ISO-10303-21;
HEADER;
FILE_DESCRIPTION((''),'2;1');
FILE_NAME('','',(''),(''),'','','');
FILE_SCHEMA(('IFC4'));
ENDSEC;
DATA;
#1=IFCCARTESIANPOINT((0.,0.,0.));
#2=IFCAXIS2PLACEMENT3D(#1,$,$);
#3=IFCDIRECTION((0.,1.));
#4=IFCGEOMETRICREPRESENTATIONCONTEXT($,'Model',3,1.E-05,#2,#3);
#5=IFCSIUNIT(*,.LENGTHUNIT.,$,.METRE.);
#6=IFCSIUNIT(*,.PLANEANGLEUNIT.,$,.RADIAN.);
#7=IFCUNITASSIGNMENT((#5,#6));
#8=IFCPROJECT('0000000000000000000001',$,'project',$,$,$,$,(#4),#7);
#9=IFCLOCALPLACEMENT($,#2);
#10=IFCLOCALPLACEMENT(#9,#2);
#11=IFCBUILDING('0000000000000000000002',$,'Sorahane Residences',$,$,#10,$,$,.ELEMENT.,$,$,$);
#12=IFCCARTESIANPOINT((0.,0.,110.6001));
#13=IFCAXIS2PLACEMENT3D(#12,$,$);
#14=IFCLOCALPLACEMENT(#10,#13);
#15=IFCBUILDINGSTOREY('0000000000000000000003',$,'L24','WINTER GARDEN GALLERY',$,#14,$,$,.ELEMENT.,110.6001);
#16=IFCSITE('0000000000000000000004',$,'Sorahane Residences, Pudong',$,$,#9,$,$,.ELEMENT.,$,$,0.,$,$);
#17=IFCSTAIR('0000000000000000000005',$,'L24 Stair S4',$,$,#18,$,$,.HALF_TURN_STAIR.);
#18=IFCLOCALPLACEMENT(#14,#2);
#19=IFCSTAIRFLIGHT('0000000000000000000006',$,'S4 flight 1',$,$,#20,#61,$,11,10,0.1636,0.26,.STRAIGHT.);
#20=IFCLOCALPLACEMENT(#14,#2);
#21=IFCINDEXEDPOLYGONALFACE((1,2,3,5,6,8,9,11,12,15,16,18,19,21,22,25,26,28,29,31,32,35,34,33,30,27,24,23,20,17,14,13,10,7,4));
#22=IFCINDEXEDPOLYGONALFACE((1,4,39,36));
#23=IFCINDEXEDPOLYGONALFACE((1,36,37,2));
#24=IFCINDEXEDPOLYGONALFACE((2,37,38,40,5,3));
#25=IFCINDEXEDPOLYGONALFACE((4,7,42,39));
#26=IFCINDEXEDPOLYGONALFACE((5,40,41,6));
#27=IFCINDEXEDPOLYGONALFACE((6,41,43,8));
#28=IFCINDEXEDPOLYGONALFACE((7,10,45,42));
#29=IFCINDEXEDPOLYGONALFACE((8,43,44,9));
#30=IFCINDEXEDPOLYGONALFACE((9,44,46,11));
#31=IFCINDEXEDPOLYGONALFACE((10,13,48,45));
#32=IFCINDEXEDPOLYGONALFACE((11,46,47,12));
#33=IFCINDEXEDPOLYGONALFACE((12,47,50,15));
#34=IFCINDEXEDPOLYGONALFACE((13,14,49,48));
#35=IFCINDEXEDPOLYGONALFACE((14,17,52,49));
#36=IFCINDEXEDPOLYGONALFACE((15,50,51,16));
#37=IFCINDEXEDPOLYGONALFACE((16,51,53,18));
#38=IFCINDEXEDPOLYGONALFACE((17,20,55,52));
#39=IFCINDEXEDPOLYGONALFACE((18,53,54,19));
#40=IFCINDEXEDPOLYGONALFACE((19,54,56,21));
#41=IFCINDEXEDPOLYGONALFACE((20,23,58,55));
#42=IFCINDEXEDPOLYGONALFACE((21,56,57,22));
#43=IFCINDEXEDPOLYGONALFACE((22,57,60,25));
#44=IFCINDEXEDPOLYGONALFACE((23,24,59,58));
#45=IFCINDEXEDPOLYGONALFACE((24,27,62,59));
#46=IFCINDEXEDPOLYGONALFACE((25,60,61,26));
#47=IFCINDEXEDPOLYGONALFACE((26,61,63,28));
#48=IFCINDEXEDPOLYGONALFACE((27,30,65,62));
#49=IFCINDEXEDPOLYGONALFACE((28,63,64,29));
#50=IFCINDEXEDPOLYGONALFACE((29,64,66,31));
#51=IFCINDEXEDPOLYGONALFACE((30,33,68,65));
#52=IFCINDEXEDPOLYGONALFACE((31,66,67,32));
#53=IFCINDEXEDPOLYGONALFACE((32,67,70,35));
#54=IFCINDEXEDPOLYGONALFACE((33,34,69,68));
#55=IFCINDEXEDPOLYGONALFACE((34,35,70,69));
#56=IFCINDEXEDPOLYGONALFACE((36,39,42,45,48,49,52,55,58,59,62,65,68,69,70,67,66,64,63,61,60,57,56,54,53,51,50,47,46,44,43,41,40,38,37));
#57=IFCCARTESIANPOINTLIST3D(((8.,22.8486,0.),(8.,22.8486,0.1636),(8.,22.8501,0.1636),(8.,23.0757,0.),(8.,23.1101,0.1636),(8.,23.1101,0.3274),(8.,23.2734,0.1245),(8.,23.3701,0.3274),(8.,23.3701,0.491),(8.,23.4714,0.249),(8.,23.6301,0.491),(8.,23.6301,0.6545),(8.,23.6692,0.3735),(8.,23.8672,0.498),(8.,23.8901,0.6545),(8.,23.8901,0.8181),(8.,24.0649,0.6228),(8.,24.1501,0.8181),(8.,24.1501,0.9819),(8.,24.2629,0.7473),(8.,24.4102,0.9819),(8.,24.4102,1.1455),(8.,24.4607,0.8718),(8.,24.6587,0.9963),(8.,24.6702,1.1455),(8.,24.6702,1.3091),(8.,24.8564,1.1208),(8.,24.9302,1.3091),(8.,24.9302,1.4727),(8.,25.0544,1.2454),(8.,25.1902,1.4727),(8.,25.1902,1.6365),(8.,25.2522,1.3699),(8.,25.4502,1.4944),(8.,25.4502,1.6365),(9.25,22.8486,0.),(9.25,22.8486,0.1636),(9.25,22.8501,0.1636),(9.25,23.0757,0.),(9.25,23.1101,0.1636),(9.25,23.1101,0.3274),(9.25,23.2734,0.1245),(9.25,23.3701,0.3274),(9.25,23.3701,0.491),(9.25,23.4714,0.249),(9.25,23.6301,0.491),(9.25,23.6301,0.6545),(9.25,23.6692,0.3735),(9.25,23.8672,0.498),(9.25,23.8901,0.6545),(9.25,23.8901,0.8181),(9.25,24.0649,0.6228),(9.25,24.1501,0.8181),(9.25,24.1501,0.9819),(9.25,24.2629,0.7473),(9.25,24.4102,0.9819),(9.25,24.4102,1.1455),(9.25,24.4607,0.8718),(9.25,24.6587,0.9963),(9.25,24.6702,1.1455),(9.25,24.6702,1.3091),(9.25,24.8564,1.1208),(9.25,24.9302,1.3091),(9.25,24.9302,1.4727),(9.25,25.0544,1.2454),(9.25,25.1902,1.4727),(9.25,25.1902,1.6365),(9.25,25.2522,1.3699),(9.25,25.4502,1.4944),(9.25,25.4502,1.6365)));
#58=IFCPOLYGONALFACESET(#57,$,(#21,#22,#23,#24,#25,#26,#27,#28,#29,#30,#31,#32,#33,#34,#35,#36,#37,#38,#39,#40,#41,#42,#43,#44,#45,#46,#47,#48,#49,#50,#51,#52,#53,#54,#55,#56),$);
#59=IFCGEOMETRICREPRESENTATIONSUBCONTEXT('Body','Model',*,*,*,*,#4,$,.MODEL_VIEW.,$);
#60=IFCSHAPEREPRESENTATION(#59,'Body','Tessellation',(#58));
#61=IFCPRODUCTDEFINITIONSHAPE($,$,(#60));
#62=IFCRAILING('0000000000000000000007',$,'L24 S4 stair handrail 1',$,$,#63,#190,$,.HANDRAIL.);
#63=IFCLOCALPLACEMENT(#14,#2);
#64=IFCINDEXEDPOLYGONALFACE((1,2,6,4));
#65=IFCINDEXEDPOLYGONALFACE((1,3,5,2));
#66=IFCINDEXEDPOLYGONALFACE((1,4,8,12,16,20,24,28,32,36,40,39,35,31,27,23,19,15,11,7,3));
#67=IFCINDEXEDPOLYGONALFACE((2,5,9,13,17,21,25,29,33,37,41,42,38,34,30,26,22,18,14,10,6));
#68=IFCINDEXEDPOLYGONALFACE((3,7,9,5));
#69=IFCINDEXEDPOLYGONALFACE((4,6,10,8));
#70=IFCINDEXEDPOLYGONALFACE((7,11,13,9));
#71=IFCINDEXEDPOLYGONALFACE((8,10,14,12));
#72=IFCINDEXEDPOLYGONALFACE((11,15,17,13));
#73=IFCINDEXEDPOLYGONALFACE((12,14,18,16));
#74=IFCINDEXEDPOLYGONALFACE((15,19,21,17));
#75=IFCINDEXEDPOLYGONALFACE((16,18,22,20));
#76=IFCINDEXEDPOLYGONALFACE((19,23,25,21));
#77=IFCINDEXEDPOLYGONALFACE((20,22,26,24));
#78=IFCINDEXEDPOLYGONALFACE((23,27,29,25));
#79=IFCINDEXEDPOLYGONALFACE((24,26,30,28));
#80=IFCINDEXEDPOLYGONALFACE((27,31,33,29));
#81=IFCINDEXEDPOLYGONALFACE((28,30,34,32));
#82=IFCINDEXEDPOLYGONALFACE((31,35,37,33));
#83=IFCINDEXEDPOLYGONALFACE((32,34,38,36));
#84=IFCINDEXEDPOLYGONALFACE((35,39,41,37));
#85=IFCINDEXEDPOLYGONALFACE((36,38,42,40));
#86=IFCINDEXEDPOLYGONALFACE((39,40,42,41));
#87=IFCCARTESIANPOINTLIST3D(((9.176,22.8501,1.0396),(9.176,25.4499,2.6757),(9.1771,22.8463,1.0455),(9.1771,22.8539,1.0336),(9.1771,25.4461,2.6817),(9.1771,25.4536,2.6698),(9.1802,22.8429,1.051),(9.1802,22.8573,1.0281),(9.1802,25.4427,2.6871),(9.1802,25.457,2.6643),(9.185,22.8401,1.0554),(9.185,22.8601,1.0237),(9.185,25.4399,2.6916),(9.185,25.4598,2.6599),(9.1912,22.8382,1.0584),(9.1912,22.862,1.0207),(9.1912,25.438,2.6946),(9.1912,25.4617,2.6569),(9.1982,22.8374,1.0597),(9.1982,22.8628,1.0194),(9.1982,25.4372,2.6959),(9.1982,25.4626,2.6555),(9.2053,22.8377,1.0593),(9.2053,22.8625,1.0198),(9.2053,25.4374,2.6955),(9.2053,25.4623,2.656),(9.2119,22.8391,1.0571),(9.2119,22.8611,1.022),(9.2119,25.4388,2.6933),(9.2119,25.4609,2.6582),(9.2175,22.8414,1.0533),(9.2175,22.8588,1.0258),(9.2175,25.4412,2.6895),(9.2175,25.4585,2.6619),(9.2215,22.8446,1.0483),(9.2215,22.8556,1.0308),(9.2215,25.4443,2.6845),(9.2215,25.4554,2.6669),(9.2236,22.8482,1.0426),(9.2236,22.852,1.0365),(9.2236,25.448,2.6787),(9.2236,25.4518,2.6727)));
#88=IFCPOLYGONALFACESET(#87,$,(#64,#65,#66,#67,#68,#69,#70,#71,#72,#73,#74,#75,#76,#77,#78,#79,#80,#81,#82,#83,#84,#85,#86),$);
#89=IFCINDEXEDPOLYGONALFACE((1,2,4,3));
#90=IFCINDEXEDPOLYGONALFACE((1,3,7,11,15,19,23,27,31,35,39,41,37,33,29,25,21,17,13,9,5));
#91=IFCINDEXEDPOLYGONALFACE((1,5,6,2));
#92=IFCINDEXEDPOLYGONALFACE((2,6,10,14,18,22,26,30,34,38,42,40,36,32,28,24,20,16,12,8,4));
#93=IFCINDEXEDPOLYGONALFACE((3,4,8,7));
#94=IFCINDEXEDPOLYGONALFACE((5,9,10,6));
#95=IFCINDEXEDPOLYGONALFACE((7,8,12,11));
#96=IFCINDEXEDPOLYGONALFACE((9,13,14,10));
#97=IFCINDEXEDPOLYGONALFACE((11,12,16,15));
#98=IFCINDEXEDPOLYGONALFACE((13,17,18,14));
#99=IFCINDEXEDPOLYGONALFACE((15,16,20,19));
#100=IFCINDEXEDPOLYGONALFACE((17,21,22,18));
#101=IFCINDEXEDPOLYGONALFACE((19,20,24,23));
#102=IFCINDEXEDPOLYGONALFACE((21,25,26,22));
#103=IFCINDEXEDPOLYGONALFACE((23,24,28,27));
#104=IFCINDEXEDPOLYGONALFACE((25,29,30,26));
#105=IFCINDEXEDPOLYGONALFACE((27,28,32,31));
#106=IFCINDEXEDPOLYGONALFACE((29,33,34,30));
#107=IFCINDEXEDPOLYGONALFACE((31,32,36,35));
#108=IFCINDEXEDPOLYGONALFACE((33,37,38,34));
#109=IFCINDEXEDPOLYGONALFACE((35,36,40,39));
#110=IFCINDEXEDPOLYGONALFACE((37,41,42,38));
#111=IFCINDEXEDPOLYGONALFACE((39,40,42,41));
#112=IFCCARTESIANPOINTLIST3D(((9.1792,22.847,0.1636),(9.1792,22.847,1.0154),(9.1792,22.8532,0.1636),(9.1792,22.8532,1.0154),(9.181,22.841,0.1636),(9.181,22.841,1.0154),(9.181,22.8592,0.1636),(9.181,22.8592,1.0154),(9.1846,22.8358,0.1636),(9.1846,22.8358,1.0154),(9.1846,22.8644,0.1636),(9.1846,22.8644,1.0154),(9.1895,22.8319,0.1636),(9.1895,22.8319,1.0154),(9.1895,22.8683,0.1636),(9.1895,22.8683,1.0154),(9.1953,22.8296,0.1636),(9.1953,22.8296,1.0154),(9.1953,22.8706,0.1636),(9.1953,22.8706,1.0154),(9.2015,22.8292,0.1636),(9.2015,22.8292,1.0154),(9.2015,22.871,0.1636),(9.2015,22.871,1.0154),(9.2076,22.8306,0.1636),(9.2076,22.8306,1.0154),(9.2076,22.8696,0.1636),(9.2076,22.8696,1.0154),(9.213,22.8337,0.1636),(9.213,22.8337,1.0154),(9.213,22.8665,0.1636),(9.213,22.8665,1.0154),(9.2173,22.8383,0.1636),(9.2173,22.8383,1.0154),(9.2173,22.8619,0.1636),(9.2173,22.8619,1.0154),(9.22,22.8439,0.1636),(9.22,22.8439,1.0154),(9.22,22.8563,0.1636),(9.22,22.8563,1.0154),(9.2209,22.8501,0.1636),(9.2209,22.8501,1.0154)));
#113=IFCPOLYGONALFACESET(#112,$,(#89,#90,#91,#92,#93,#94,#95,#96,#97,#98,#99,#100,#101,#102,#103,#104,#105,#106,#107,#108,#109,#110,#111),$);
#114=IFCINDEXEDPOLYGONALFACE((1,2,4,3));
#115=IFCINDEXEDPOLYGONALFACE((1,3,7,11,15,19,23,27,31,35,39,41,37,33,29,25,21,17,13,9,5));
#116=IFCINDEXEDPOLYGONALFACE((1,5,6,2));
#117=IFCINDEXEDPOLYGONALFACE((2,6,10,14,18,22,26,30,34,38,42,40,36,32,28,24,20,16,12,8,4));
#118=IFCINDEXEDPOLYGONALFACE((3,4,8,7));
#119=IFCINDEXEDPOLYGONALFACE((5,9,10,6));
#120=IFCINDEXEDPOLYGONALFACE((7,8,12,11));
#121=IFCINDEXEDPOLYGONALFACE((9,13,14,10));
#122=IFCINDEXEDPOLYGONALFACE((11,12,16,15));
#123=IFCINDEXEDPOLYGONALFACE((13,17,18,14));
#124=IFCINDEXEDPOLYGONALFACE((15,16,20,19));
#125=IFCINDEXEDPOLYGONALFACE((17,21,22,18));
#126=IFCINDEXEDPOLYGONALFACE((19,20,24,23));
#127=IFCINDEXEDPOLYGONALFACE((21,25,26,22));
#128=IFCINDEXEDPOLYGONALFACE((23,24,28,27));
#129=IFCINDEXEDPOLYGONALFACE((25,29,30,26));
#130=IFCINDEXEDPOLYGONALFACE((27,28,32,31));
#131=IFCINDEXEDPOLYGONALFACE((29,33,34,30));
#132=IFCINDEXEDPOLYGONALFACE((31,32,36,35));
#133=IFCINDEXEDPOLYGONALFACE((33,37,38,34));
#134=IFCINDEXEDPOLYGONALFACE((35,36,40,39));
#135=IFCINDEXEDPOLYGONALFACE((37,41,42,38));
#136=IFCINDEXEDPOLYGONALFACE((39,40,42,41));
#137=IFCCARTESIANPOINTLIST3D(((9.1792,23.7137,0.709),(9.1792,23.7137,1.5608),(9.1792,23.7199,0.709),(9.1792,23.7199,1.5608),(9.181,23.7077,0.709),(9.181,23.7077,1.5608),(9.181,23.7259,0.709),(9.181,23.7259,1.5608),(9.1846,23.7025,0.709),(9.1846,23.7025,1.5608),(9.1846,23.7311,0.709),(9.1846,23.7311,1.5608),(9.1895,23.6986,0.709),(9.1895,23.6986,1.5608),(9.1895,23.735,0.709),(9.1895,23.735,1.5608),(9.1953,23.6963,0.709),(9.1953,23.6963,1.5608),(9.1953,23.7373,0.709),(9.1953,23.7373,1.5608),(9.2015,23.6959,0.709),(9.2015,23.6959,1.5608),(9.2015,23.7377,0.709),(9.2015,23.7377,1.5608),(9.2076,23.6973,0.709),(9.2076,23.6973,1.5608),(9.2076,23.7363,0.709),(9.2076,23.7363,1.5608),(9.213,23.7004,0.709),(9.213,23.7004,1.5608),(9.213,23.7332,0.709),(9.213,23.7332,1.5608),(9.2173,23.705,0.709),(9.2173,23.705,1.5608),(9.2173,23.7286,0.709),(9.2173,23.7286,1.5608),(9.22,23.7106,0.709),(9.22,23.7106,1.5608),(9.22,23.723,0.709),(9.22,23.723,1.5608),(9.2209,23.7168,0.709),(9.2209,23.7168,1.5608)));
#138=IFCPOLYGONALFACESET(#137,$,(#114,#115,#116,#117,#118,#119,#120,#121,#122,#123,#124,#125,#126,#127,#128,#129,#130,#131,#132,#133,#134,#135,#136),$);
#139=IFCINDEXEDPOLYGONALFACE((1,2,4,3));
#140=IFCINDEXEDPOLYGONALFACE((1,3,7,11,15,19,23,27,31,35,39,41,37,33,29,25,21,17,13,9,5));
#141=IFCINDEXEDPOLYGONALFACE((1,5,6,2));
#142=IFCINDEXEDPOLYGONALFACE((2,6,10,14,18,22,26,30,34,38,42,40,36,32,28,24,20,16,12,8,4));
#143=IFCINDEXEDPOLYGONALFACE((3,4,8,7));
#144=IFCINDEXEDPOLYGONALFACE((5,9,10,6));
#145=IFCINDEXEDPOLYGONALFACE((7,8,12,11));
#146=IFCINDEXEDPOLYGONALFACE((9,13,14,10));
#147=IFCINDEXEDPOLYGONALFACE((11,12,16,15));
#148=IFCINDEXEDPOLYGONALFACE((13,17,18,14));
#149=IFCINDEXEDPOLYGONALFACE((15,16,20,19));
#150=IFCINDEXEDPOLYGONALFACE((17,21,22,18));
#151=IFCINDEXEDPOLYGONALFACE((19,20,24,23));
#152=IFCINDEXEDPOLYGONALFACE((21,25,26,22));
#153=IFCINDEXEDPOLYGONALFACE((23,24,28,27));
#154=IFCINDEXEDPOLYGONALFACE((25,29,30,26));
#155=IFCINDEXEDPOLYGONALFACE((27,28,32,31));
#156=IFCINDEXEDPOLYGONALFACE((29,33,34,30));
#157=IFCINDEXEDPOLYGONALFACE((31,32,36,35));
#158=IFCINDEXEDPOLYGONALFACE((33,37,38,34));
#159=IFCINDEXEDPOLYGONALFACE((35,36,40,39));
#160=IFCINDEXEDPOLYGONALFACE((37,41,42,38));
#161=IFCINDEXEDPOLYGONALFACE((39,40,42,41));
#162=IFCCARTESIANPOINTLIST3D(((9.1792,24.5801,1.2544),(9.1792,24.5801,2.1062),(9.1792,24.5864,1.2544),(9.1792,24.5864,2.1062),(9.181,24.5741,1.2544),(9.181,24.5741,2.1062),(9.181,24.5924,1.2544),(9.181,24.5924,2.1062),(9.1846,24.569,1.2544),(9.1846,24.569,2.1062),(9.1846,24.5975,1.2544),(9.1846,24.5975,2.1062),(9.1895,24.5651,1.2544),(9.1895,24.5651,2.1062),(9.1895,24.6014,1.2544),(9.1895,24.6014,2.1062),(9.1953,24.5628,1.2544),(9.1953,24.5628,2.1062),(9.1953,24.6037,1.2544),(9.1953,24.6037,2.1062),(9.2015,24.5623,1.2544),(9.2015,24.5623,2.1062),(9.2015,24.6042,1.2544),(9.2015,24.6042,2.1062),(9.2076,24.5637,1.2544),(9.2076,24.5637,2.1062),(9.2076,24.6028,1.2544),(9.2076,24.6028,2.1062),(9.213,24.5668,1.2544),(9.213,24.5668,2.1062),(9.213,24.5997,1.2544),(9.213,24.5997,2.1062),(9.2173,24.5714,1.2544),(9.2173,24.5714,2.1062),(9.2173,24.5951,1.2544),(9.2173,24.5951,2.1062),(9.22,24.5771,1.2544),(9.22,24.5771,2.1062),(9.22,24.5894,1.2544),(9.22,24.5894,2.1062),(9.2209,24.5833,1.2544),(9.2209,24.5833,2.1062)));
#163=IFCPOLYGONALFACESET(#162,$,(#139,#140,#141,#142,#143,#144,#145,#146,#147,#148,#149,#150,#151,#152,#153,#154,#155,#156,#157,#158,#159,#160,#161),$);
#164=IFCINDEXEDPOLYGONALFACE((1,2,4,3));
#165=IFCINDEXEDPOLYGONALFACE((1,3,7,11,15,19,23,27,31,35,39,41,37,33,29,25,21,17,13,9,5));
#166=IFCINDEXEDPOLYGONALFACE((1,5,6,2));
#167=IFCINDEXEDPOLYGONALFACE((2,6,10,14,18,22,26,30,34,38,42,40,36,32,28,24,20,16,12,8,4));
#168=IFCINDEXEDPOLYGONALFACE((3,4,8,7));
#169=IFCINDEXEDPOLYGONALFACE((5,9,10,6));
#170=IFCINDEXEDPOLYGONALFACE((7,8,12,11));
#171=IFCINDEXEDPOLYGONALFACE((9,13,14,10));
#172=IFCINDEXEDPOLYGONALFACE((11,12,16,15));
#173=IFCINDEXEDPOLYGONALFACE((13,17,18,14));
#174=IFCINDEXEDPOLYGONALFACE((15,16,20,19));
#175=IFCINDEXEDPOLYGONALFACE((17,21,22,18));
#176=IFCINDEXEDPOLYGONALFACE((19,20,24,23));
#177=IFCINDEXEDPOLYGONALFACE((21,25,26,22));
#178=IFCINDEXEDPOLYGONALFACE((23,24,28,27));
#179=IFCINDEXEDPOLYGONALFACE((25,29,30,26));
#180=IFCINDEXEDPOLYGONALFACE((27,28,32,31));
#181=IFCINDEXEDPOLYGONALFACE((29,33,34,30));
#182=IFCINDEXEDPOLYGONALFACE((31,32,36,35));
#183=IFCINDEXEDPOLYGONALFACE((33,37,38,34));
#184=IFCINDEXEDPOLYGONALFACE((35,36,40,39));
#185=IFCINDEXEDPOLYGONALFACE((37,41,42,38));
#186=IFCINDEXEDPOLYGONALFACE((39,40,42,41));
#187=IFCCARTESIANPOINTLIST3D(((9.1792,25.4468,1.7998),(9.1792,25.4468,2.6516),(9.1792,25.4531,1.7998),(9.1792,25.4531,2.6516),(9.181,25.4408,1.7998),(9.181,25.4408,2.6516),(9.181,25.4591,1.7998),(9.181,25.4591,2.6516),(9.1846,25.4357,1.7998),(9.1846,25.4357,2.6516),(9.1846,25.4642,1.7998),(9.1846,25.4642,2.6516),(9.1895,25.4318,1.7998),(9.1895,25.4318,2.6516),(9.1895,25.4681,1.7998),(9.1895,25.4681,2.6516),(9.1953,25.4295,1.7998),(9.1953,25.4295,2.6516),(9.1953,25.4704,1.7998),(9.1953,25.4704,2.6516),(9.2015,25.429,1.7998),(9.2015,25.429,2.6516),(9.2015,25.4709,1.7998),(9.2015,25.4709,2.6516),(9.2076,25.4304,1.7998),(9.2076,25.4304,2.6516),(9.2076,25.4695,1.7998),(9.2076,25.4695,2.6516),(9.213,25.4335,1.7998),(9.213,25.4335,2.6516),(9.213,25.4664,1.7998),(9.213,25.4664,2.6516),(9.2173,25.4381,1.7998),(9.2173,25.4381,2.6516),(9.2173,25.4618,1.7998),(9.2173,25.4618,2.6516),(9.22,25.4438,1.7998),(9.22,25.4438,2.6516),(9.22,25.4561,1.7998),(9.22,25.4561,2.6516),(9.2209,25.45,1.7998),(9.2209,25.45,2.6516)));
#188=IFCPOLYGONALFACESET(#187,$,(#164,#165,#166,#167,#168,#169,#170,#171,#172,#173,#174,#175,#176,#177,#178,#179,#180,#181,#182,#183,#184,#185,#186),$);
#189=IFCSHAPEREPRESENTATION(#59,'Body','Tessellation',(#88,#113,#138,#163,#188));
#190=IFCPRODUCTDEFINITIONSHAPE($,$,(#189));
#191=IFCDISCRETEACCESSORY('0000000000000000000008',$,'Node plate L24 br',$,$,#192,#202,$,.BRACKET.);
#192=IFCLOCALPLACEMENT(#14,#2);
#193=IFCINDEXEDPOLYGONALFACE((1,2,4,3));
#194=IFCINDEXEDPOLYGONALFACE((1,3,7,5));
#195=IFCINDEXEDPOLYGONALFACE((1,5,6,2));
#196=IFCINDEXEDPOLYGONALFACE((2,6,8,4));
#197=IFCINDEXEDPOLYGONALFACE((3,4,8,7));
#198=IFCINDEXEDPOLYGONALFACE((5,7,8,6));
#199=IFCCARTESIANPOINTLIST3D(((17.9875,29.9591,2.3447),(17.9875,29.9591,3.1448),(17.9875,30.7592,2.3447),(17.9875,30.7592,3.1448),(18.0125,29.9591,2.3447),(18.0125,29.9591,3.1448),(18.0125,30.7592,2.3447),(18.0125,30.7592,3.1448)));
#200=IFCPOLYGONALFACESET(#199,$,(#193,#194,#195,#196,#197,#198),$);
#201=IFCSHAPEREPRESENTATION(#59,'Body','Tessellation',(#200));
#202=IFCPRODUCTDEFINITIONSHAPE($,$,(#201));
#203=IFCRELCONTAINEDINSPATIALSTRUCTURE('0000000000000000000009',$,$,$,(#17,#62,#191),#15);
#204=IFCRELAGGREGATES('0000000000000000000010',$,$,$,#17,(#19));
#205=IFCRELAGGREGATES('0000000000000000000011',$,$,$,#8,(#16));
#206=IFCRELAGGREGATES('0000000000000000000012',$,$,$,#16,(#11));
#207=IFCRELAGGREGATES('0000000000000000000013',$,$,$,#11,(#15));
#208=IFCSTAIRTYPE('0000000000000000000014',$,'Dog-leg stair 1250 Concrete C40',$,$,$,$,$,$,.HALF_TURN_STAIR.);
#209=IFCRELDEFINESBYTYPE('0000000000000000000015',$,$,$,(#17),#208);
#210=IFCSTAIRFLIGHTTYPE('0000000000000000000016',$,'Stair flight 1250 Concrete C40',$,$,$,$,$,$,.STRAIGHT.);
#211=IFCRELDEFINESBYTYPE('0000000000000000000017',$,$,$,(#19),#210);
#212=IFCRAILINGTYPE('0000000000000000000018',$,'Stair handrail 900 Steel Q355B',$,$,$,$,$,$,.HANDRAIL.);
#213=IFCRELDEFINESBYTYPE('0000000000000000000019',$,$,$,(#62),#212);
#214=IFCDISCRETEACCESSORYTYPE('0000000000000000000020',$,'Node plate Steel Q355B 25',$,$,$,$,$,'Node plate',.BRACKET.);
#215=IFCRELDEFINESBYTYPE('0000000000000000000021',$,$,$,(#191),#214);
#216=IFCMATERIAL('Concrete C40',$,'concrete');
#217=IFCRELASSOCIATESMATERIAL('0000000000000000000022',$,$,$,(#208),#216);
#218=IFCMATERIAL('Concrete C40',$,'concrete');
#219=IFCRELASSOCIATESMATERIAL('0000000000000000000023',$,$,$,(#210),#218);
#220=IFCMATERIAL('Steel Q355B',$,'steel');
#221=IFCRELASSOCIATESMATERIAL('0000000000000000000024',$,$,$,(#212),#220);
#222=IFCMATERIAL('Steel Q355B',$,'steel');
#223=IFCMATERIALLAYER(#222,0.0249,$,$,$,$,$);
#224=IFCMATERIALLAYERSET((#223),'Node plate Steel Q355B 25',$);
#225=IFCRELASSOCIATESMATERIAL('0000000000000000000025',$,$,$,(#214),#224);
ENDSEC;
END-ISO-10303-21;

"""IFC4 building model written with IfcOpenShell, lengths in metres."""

from ifc_helpers import new_model, si_unit, direction, frame, origin, origin_2d, place, context, subcontext, project, spatial, polyline, rectangle, circle, outline, extrude, material, layer, layer_set, type_object, element, aggregate, save


model = new_model("IFC4")

# Units and contexts
model_context = context("Model", 3, precision=1e-05, world=origin(), true_north=direction((0.0, 1.0)))
body_context = subcontext(model_context, "Body", "Model", "MODEL_VIEW")
ifc_project = project(units=[si_unit("LENGTHUNIT", "METRE"), si_unit("PLANEANGLEUNIT", "RADIAN")], contexts=[model_context])

# Site, building, storey
site_placement = place(None, origin())
site = spatial("IfcSite", under=ifc_project, at=site_placement, Name="Sorahane Residences, Pudong", CompositionType="ELEMENT", RefElevation=0.0)
building_placement = place(site_placement, origin())
building = spatial("IfcBuilding", under=site, at=building_placement, Name="Sorahane Residences", CompositionType="ELEMENT")
storey_placement = place(building_placement, frame((0.0, 0.0, 110.6001)))
storey = spatial("IfcBuildingStorey", under=building, at=storey_placement, Name="L24", Description="WINTER GARDEN GALLERY", CompositionType="ELEMENT", Elevation=110.6001)

# Stair, stair flight
ifc_material_1 = material(Name="Concrete C40", Category="concrete")
stair_type = type_object("IfcStairType", Name="Dog-leg stair 1250 Concrete C40", PredefinedType="HALF_TURN_STAIR", material=ifc_material_1)
stair_placement = place(storey_placement, origin())
stair = element("IfcStair", 1, at=stair_placement, inside=storey, type_object=stair_type, Name="L24 Stair S4", PredefinedType="HALF_TURN_STAIR")
ifc_material_2 = material(Name="Concrete C40", Category="concrete")
stair_flight_type = type_object("IfcStairFlightType", Name="Stair flight 1250 Concrete C40", PredefinedType="STRAIGHT", material=ifc_material_2)
stair_flight_placement = place(storey_placement, frame((8.625, 22.8501, 0.0), z_axis=(0.0, 0.0, 1.0), x_axis=(0.0, 1.0, 0.0)))
stair_flight = element("IfcStairFlight", 2, at=stair_flight_placement, type_object=stair_flight_type, Name="S4 flight 1", NumberOfRisers=11, NumberOfTreads=10, PredefinedType="STRAIGHT", RiserHeight=0.1636, TreadLength=0.26, context=body_context, shape_type="SweptSolid", body=[
    extrude(outline(polyline([(-0.0015, 0.0), (-0.0015, 0.1636), (0.0, 0.1636), (0.26, 0.1636), (0.26, 0.3274), (0.52, 0.3274), (0.52, 0.491), (0.78, 0.491), (0.78, 0.6545), (1.04, 0.6545), (1.04, 0.8181), (1.3, 0.8181), (1.3, 0.9819), (1.5601, 0.9819), (1.5601, 1.1455), (1.8201, 1.1455), (1.8201, 1.3091), (2.0801, 1.3091), (2.0801, 1.4727), (2.3401, 1.4727), (2.3401, 1.6365), (2.6001, 1.6365), (2.6001, 1.8), (2.6001, 1.4944), (2.4021, 1.3699), (2.2043, 1.2454), (2.0063, 1.1208), (1.8086, 0.9963), (1.6106, 0.8718), (1.4128, 0.7473), (1.2148, 0.6228), (1.0171, 0.498), (0.8191, 0.3735), (0.6213, 0.249), (0.4233, 0.1245), (0.2256, 0.0), (-0.0015, 0.0)])), frame((0.0, 0.625, 0.0), z_axis=(0.0, -1.0, 0.0), x_axis=(1.0, 0.0, 0.0)), (0.0, 0.0, 1.0), 1.25),
])
aggregate(stair, [stair_flight])

# Railing
ifc_material_3 = material(Name="Steel Q355B", Category="steel")
railing_type_1 = type_object("IfcRailingType", Name="Stair handrail 900 Steel Q355B", PredefinedType="HANDRAIL", material=ifc_material_3)
railing_1_placement = place(storey_placement, frame((9.2, 22.8501, 0.1636)))
element("IfcRailing", 3, at=railing_1_placement, inside=storey, type_object=railing_type_1, Name="L24 S4 stair handrail 1", PredefinedType="HANDRAIL", context=body_context, shape_type="SweptSolid", body=[
    extrude(circle(Radius=0.0239, at=origin_2d()), frame((0.0, 0.0, 0.876), z_axis=(0.0, 0.846338, 0.532647), x_axis=(-1.0, 0.0, 0.0)), (0.0, 0.0, 1.0), 3.0718),
    extrude(circle(Radius=0.021, at=origin_2d()), origin(), (0.0, 0.0, 1.0), 0.8518),
    extrude(circle(Radius=0.021, at=origin_2d()), frame((0.0, 0.8667, 0.5454)), (0.0, 0.0, 1.0), 0.8518),
    extrude(circle(Radius=0.021, at=origin_2d()), frame((0.0, 1.7332, 1.0908)), (0.0, 0.0, 1.0), 0.8518),
    extrude(circle(Radius=0.021, at=origin_2d()), frame((0.0, 2.5999, 1.6362)), (0.0, 0.0, 1.0), 0.8518),
])

# Discrete accessory
ifc_material_4 = material(Name="Steel Q355B", Category="steel")
ifc_layer_1 = layer(ifc_material_4, 0.0249)
ifc_layer_set_1 = layer_set([ifc_layer_1], Name="Node plate Steel Q355B 25")
discrete_accessory_type = type_object("IfcDiscreteAccessoryType", Name="Node plate Steel Q355B 25", ElementType="Node plate", PredefinedType="BRACKET", material=ifc_layer_set_1)
discrete_accessory_placement = place(storey_placement, frame((18.0, 30.3591, 2.3447), z_axis=(0.0, 0.0, 1.0), x_axis=(0.0, 1.0, 0.0)))
element("IfcDiscreteAccessory", 4, at=discrete_accessory_placement, inside=storey, type_object=discrete_accessory_type, Name="Node plate L24 br", PredefinedType="BRACKET", context=body_context, shape_type="SweptSolid", body=[
    extrude(rectangle(XDim=0.8, YDim=0.0249, at=origin_2d()), origin(), (0.0, 0.0, 1.0), 0.8),
])

save(model, "model.ifc")
